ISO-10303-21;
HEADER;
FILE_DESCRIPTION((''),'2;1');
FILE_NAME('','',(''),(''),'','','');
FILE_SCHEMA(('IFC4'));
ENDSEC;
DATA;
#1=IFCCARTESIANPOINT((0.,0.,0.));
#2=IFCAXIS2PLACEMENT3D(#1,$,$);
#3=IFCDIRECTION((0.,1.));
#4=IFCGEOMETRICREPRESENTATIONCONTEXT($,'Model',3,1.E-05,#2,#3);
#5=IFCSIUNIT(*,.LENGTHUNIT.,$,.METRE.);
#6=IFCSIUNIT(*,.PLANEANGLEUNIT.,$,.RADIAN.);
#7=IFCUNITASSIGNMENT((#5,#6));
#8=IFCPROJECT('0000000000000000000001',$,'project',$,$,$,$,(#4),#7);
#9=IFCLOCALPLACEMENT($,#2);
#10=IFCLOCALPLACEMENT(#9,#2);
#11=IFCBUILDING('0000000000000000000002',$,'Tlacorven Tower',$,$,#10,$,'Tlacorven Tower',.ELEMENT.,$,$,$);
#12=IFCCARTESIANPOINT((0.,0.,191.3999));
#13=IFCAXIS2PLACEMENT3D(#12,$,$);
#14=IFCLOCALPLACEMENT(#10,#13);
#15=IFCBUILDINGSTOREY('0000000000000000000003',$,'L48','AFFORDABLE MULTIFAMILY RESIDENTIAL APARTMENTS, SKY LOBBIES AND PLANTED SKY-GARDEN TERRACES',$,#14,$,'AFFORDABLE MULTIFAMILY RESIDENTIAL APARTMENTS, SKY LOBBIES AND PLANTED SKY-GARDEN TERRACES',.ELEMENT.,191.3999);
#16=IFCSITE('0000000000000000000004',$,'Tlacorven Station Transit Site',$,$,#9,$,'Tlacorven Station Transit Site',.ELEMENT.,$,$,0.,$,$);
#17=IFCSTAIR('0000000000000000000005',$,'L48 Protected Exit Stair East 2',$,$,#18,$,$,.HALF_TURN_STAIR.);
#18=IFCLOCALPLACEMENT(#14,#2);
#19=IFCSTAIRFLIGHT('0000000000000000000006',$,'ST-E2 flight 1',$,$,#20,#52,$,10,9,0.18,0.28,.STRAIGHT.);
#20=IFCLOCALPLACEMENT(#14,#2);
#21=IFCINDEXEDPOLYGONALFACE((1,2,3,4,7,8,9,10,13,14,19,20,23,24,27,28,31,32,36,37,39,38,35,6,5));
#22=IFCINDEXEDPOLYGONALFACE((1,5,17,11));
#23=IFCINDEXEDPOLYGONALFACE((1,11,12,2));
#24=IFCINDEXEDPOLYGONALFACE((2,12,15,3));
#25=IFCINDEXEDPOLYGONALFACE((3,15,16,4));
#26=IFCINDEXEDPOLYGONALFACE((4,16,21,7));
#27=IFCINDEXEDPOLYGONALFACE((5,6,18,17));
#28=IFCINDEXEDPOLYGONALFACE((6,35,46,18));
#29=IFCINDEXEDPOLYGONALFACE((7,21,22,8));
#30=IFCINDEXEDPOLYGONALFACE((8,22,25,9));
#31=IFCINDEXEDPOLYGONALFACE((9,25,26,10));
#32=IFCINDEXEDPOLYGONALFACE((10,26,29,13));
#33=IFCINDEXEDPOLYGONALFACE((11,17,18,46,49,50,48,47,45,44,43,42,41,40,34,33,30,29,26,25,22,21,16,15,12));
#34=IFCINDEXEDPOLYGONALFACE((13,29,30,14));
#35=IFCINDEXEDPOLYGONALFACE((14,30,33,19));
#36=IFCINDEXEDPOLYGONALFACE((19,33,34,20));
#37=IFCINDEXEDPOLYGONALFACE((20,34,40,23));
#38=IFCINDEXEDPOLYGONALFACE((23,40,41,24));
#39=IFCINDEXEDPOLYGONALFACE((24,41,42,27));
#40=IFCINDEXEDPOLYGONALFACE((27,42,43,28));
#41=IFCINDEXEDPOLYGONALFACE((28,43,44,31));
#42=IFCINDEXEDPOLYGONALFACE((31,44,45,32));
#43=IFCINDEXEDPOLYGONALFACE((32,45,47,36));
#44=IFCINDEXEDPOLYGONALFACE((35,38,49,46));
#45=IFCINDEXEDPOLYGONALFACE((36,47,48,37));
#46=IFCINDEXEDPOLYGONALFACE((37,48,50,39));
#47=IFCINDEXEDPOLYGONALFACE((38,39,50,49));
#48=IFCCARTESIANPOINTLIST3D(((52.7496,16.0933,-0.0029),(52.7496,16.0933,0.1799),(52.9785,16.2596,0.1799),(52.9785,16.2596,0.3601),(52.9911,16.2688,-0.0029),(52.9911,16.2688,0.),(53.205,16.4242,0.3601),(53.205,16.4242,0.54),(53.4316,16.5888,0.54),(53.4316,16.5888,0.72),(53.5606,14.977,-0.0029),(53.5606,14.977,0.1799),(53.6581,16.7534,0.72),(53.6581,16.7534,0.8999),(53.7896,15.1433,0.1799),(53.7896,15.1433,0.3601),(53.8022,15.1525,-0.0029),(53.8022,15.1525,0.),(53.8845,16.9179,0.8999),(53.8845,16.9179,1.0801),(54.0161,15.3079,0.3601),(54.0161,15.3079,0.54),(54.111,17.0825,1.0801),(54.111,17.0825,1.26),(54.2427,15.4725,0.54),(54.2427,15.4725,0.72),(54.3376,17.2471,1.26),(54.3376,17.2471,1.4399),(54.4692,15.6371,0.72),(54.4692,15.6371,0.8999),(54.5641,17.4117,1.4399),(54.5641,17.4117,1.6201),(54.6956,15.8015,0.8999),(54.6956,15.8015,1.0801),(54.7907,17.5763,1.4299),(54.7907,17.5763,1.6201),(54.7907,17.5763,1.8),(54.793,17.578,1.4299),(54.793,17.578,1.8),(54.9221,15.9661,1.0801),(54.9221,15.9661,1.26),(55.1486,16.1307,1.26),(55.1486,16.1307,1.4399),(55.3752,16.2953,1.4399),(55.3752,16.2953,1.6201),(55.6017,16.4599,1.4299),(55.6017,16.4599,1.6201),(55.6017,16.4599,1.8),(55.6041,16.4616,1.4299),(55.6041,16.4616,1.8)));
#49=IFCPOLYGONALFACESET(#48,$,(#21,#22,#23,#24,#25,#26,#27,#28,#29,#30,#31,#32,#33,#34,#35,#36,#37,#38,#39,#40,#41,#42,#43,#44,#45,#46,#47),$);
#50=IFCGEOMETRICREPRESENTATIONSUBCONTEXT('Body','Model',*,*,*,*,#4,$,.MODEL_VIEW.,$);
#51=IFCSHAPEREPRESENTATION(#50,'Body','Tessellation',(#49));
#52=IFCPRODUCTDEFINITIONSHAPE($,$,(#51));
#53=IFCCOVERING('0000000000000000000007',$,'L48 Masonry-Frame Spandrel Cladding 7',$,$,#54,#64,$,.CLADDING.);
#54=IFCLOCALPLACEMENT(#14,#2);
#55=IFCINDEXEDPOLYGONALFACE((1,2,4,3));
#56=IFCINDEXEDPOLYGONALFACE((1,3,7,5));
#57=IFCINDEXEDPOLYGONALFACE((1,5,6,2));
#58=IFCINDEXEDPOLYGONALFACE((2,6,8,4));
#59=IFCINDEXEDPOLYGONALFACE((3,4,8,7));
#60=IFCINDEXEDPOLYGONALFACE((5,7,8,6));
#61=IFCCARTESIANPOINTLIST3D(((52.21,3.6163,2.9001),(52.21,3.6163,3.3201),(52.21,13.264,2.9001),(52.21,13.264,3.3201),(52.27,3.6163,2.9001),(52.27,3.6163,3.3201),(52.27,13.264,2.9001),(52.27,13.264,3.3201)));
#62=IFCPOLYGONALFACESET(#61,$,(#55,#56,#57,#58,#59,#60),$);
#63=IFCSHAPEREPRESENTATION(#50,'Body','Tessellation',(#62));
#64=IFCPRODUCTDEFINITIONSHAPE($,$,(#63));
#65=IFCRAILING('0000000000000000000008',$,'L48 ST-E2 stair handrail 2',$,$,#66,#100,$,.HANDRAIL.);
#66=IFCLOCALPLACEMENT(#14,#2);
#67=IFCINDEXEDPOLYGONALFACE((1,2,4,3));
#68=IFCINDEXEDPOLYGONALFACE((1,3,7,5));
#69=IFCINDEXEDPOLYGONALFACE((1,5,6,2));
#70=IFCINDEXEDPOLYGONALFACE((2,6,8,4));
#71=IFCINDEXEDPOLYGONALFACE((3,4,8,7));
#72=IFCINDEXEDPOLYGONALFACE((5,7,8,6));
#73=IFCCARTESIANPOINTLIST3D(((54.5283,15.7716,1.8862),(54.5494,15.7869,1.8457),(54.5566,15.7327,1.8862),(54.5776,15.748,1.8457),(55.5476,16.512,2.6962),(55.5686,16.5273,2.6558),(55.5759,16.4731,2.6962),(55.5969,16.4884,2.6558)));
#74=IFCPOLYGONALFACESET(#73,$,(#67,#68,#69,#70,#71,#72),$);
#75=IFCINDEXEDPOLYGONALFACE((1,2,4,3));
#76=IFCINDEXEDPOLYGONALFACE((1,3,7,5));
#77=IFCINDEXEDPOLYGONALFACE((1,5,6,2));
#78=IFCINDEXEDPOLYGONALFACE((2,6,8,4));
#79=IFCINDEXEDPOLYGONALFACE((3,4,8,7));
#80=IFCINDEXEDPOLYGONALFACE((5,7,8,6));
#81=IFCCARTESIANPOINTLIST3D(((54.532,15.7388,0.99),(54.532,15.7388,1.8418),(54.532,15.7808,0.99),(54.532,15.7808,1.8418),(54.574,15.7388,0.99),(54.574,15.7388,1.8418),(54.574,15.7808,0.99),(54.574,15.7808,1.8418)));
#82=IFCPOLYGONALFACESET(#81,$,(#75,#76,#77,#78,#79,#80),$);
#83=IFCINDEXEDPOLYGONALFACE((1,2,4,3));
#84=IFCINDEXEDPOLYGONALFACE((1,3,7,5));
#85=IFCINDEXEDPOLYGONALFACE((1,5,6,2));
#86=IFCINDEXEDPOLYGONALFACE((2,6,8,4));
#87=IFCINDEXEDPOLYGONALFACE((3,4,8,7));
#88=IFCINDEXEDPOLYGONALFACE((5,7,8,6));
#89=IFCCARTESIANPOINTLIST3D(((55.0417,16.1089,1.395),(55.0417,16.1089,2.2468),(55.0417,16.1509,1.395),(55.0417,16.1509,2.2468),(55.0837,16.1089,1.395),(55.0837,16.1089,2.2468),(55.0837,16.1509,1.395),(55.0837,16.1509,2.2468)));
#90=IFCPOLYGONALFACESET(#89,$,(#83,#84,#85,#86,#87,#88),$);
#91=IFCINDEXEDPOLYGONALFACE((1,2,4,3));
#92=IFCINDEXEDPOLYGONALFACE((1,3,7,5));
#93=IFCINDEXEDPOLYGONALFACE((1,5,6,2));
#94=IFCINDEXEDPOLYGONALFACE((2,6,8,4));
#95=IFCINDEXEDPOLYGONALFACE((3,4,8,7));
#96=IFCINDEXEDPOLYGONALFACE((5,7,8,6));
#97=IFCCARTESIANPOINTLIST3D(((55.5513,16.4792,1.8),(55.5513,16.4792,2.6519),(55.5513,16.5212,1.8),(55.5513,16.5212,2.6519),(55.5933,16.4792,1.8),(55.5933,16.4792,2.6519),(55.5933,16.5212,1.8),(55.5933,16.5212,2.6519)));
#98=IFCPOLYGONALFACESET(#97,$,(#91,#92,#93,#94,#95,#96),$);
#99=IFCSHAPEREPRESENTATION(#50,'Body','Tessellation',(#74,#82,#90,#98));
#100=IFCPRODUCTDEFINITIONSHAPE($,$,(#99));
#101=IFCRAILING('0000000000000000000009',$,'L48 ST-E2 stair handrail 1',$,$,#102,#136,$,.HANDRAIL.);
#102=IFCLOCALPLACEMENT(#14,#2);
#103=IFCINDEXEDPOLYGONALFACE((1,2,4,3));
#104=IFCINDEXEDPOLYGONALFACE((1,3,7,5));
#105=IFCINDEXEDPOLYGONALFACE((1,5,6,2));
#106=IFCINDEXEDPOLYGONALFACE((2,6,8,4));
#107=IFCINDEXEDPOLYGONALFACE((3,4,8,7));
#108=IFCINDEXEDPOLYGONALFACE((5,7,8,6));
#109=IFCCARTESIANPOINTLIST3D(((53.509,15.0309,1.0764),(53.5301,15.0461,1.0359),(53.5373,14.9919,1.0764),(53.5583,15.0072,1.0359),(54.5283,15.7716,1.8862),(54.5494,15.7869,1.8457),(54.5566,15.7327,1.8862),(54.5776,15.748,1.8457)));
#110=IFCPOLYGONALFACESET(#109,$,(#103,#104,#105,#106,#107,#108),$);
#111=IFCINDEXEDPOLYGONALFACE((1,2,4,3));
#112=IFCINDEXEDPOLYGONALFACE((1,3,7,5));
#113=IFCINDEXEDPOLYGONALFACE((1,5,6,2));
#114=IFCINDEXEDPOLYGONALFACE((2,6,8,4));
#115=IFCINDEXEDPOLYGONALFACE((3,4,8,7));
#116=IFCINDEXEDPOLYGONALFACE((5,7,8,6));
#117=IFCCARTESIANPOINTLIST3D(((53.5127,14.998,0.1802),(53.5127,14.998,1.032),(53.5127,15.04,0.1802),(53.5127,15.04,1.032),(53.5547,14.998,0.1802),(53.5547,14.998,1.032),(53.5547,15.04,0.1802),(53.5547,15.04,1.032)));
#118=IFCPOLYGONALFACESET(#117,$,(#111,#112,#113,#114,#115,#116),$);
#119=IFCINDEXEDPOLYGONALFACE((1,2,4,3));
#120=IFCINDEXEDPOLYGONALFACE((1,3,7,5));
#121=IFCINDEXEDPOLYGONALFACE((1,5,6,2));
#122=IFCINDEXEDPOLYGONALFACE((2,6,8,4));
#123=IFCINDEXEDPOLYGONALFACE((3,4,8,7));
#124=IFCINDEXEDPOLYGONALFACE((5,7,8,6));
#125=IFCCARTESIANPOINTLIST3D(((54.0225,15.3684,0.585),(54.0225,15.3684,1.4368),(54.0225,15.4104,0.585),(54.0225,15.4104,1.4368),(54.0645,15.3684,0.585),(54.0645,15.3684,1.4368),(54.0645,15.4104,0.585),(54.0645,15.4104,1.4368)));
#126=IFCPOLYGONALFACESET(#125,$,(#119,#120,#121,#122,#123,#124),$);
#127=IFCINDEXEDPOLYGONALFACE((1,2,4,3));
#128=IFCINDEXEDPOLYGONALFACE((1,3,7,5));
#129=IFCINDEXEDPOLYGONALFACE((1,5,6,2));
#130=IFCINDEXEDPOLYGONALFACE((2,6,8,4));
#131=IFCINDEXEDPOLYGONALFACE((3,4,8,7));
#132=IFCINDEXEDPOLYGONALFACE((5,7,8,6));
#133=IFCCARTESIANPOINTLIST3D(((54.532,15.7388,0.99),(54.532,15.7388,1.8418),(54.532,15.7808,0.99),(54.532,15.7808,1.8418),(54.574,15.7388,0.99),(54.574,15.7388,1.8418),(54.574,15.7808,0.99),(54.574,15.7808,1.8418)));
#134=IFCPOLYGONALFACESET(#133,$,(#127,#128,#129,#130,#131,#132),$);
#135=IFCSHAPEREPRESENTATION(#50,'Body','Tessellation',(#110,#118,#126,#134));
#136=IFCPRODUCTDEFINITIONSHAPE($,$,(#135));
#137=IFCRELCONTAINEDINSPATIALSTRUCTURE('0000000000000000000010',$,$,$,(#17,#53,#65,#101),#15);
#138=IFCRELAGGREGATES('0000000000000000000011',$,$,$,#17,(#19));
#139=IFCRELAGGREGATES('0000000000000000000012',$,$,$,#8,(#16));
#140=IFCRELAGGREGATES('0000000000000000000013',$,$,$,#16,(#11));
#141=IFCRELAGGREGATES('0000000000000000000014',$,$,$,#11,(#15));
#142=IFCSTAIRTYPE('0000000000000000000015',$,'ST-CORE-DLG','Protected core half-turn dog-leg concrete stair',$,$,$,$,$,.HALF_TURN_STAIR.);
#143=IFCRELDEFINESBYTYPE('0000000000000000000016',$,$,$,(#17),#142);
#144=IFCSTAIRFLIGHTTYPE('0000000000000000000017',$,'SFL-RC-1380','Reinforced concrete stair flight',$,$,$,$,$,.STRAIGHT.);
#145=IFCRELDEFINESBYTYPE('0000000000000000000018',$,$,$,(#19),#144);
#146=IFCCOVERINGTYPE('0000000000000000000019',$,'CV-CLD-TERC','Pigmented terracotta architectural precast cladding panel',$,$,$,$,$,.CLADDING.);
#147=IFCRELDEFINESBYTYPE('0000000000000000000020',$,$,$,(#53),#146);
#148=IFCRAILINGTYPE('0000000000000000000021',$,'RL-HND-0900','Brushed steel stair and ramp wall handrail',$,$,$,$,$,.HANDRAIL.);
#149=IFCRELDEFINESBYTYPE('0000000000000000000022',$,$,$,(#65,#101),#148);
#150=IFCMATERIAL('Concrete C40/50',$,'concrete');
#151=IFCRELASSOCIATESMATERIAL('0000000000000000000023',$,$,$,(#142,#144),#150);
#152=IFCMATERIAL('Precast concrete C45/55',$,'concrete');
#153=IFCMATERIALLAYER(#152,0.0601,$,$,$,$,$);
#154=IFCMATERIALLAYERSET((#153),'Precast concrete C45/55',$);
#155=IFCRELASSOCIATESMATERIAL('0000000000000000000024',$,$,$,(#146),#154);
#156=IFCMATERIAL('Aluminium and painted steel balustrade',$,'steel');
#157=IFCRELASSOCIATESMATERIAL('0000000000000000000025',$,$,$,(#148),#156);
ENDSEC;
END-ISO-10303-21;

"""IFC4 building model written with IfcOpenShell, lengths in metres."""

from ifc_helpers import new_model, si_unit, direction, frame, origin, origin_2d, place, context, subcontext, project, spatial, polyline, rectangle, outline, extrude, source, transform, mapped, material, layer, layer_set, type_object, element, aggregate, save


model = new_model("IFC4")

# Units and contexts
model_context = context("Model", 3, precision=1e-05, world=origin(), true_north=direction((0.0, 1.0)))
body_context = subcontext(model_context, "Body", "Model", "MODEL_VIEW")
ifc_project = project(units=[si_unit("LENGTHUNIT", "METRE"), si_unit("PLANEANGLEUNIT", "RADIAN")], contexts=[model_context])

# Site, building, storey
site_placement = place(None, origin())
site = spatial("IfcSite", under=ifc_project, at=site_placement, Name="Tlacorven Station Transit Site", LongName="Tlacorven Station Transit Site", CompositionType="ELEMENT", RefElevation=0.0)
building_placement = place(site_placement, origin())
building = spatial("IfcBuilding", under=site, at=building_placement, Name="Tlacorven Tower", LongName="Tlacorven Tower", CompositionType="ELEMENT")
storey_placement = place(building_placement, frame((0.0, 0.0, 191.3999)))
storey = spatial("IfcBuildingStorey", under=building, at=storey_placement, Name="L48", Description="AFFORDABLE MULTIFAMILY RESIDENTIAL APARTMENTS, SKY LOBBIES AND PLANTED SKY-GARDEN TERRACES", LongName="AFFORDABLE MULTIFAMILY RESIDENTIAL APARTMENTS, SKY LOBBIES AND PLANTED SKY-GARDEN TERRACES", CompositionType="ELEMENT", Elevation=191.3999)

# Shared definitions
ifc_material_1 = material(Name="Precast concrete C45/55", Category="concrete")

# Stair, stair flight
ifc_material_2 = material(Name="Concrete C40/50", Category="concrete")
stair_type = type_object("IfcStairType", Name="ST-CORE-DLG", Description="Protected core half-turn dog-leg concrete stair", PredefinedType="HALF_TURN_STAIR", material=ifc_material_2)
stair_placement = place(storey_placement, origin())
stair = element("IfcStair", 1, at=stair_placement, inside=storey, type_object=stair_type, Name="L48 Protected Exit Stair East 2", PredefinedType="HALF_TURN_STAIR")
stair_flight_type = type_object("IfcStairFlightType", Name="SFL-RC-1380", Description="Reinforced concrete stair flight", PredefinedType="STRAIGHT", material=ifc_material_2)
shared_shape_1 = source(origin(), body_context, "Body", "SweptSolid", [
    extrude(outline(polyline([(-0.0029, -0.0029), (-0.0029, 0.1799), (0.28, 0.1799), (0.28, 0.3601), (0.5601, 0.3601), (0.5601, 0.54), (0.8401, 0.54), (0.8401, 0.72), (1.1201, 0.72), (1.1201, 0.8999), (1.3999, 0.8999), (1.3999, 1.0801), (1.6799, 1.0801), (1.6799, 1.26), (1.96, 1.26), (1.96, 1.4399), (2.24, 1.4399), (2.24, 1.6201), (2.52, 1.6201), (2.52, 1.8), (2.5229, 1.8), (2.5229, 1.4299), (2.52, 1.4299), (0.2957, 0.0), (0.2957, -0.0029), (-0.0029, -0.0029)])), frame((0.0, 0.6899, 0.0), z_axis=(0.0, -1.0, 0.0), x_axis=(1.0, 0.0, 0.0)), (0.0, 0.0, 1.0), 1.3799),
])
stair_flight_placement = place(storey_placement, frame((53.1575, 15.5369, 0.0), z_axis=(0.0, 0.0, 1.0), x_axis=(0.809017, 0.587785, 0.0)))
stair_flight = element("IfcStairFlight", 2, at=stair_flight_placement, type_object=stair_flight_type, Name="ST-E2 flight 1", NumberOfRisers=10, NumberOfTreads=9, PredefinedType="STRAIGHT", RiserHeight=0.18, TreadLength=0.28, context=body_context, shape_type="MappedRepresentation", body=[
    mapped(shared_shape_1, transform((0.0, 0.0, 0.0), scale=1.0)),
])
aggregate(stair, [stair_flight])

# Covering
ifc_layer_1 = layer(ifc_material_1, 0.0601)
ifc_layer_set_1 = layer_set([ifc_layer_1], Name="Precast concrete C45/55")
covering_type = type_object("IfcCoveringType", Name="CV-CLD-TERC", Description="Pigmented terracotta architectural precast cladding panel", PredefinedType="CLADDING", material=ifc_layer_set_1)
shared_shape_2 = source(origin(), body_context, "Body", "SweptSolid", [
    extrude(rectangle(XDim=9.6477, YDim=0.0601, at=origin_2d()), origin(), (0.0, 0.0, 1.0), 0.4199),
])
covering_placement = place(storey_placement, frame((52.24, 8.4402, 2.9001), z_axis=(0.0, 0.0, 1.0), x_axis=(0.0, -1.0, 0.0)))
element("IfcCovering", 3, at=covering_placement, inside=storey, type_object=covering_type, Name="L48 Masonry-Frame Spandrel Cladding 7", PredefinedType="CLADDING", context=body_context, shape_type="MappedRepresentation", body=[
    mapped(shared_shape_2, transform((0.0, 0.0, 0.0), scale=1.0)),
])

# Railings
ifc_material_3 = material(Name="Aluminium and painted steel balustrade", Category="steel")
railing_type = type_object("IfcRailingType", Name="RL-HND-0900", Description="Brushed steel stair and ramp wall handrail", PredefinedType="HANDRAIL", material=ifc_material_3)
shared_shape_3 = source(origin(), body_context, "Body", "SweptSolid", [
    extrude(rectangle(XDim=0.0481, YDim=0.0481, at=origin_2d()), frame((0.0, 0.0, 0.876), z_axis=(0.680516, 0.494373, 0.540827), x_axis=(-0.587745, 0.809046, 0.0)), (0.0, 0.0, 1.0), 1.4978),
    extrude(rectangle(XDim=0.042, YDim=0.042, at=origin_2d()), origin(), (0.0, 0.0, 1.0), 0.8518),
    extrude(rectangle(XDim=0.042, YDim=0.042, at=origin_2d()), frame((0.5098, 0.3701, 0.405)), (0.0, 0.0, 1.0), 0.8518),
    extrude(rectangle(XDim=0.042, YDim=0.042, at=origin_2d()), frame((1.0193, 0.7405, 0.8101)), (0.0, 0.0, 1.0), 0.8518),
])
railing_1_placement = place(storey_placement, frame((54.553, 15.7598, 0.99)))
element("IfcRailing", 4, at=railing_1_placement, inside=storey, type_object=railing_type, Name="L48 ST-E2 stair handrail 2", PredefinedType="HANDRAIL", context=body_context, shape_type="MappedRepresentation", body=[
    mapped(shared_shape_3, transform((0.0, 0.0, 0.0), scale=1.0)),
])
shared_shape_4 = source(origin(), body_context, "Body", "SweptSolid", [
    extrude(rectangle(XDim=0.0481, YDim=0.0481, at=origin_2d()), frame((0.0, 0.0, 0.876), z_axis=(0.680521, 0.494539, 0.540668), x_axis=(-0.587872, 0.808954, 0.0)), (0.0, 0.0, 1.0), 1.4978),
    extrude(rectangle(XDim=0.042, YDim=0.042, at=origin_2d()), origin(), (0.0, 0.0, 1.0), 0.8518),
    extrude(rectangle(XDim=0.042, YDim=0.042, at=origin_2d()), frame((0.5098, 0.3704, 0.4048)), (0.0, 0.0, 1.0), 0.8518),
    extrude(rectangle(XDim=0.042, YDim=0.042, at=origin_2d()), frame((1.0193, 0.7407, 0.8098)), (0.0, 0.0, 1.0), 0.8518),
])
railing_2_placement = place(storey_placement, frame((53.5337, 15.019, 0.1802)))
element("IfcRailing", 5, at=railing_2_placement, inside=storey, type_object=railing_type, Name="L48 ST-E2 stair handrail 1", PredefinedType="HANDRAIL", context=body_context, shape_type="MappedRepresentation", body=[
    mapped(shared_shape_4, transform((0.0, 0.0, 0.0), scale=1.0)),
])

save(model, "model.ifc")
